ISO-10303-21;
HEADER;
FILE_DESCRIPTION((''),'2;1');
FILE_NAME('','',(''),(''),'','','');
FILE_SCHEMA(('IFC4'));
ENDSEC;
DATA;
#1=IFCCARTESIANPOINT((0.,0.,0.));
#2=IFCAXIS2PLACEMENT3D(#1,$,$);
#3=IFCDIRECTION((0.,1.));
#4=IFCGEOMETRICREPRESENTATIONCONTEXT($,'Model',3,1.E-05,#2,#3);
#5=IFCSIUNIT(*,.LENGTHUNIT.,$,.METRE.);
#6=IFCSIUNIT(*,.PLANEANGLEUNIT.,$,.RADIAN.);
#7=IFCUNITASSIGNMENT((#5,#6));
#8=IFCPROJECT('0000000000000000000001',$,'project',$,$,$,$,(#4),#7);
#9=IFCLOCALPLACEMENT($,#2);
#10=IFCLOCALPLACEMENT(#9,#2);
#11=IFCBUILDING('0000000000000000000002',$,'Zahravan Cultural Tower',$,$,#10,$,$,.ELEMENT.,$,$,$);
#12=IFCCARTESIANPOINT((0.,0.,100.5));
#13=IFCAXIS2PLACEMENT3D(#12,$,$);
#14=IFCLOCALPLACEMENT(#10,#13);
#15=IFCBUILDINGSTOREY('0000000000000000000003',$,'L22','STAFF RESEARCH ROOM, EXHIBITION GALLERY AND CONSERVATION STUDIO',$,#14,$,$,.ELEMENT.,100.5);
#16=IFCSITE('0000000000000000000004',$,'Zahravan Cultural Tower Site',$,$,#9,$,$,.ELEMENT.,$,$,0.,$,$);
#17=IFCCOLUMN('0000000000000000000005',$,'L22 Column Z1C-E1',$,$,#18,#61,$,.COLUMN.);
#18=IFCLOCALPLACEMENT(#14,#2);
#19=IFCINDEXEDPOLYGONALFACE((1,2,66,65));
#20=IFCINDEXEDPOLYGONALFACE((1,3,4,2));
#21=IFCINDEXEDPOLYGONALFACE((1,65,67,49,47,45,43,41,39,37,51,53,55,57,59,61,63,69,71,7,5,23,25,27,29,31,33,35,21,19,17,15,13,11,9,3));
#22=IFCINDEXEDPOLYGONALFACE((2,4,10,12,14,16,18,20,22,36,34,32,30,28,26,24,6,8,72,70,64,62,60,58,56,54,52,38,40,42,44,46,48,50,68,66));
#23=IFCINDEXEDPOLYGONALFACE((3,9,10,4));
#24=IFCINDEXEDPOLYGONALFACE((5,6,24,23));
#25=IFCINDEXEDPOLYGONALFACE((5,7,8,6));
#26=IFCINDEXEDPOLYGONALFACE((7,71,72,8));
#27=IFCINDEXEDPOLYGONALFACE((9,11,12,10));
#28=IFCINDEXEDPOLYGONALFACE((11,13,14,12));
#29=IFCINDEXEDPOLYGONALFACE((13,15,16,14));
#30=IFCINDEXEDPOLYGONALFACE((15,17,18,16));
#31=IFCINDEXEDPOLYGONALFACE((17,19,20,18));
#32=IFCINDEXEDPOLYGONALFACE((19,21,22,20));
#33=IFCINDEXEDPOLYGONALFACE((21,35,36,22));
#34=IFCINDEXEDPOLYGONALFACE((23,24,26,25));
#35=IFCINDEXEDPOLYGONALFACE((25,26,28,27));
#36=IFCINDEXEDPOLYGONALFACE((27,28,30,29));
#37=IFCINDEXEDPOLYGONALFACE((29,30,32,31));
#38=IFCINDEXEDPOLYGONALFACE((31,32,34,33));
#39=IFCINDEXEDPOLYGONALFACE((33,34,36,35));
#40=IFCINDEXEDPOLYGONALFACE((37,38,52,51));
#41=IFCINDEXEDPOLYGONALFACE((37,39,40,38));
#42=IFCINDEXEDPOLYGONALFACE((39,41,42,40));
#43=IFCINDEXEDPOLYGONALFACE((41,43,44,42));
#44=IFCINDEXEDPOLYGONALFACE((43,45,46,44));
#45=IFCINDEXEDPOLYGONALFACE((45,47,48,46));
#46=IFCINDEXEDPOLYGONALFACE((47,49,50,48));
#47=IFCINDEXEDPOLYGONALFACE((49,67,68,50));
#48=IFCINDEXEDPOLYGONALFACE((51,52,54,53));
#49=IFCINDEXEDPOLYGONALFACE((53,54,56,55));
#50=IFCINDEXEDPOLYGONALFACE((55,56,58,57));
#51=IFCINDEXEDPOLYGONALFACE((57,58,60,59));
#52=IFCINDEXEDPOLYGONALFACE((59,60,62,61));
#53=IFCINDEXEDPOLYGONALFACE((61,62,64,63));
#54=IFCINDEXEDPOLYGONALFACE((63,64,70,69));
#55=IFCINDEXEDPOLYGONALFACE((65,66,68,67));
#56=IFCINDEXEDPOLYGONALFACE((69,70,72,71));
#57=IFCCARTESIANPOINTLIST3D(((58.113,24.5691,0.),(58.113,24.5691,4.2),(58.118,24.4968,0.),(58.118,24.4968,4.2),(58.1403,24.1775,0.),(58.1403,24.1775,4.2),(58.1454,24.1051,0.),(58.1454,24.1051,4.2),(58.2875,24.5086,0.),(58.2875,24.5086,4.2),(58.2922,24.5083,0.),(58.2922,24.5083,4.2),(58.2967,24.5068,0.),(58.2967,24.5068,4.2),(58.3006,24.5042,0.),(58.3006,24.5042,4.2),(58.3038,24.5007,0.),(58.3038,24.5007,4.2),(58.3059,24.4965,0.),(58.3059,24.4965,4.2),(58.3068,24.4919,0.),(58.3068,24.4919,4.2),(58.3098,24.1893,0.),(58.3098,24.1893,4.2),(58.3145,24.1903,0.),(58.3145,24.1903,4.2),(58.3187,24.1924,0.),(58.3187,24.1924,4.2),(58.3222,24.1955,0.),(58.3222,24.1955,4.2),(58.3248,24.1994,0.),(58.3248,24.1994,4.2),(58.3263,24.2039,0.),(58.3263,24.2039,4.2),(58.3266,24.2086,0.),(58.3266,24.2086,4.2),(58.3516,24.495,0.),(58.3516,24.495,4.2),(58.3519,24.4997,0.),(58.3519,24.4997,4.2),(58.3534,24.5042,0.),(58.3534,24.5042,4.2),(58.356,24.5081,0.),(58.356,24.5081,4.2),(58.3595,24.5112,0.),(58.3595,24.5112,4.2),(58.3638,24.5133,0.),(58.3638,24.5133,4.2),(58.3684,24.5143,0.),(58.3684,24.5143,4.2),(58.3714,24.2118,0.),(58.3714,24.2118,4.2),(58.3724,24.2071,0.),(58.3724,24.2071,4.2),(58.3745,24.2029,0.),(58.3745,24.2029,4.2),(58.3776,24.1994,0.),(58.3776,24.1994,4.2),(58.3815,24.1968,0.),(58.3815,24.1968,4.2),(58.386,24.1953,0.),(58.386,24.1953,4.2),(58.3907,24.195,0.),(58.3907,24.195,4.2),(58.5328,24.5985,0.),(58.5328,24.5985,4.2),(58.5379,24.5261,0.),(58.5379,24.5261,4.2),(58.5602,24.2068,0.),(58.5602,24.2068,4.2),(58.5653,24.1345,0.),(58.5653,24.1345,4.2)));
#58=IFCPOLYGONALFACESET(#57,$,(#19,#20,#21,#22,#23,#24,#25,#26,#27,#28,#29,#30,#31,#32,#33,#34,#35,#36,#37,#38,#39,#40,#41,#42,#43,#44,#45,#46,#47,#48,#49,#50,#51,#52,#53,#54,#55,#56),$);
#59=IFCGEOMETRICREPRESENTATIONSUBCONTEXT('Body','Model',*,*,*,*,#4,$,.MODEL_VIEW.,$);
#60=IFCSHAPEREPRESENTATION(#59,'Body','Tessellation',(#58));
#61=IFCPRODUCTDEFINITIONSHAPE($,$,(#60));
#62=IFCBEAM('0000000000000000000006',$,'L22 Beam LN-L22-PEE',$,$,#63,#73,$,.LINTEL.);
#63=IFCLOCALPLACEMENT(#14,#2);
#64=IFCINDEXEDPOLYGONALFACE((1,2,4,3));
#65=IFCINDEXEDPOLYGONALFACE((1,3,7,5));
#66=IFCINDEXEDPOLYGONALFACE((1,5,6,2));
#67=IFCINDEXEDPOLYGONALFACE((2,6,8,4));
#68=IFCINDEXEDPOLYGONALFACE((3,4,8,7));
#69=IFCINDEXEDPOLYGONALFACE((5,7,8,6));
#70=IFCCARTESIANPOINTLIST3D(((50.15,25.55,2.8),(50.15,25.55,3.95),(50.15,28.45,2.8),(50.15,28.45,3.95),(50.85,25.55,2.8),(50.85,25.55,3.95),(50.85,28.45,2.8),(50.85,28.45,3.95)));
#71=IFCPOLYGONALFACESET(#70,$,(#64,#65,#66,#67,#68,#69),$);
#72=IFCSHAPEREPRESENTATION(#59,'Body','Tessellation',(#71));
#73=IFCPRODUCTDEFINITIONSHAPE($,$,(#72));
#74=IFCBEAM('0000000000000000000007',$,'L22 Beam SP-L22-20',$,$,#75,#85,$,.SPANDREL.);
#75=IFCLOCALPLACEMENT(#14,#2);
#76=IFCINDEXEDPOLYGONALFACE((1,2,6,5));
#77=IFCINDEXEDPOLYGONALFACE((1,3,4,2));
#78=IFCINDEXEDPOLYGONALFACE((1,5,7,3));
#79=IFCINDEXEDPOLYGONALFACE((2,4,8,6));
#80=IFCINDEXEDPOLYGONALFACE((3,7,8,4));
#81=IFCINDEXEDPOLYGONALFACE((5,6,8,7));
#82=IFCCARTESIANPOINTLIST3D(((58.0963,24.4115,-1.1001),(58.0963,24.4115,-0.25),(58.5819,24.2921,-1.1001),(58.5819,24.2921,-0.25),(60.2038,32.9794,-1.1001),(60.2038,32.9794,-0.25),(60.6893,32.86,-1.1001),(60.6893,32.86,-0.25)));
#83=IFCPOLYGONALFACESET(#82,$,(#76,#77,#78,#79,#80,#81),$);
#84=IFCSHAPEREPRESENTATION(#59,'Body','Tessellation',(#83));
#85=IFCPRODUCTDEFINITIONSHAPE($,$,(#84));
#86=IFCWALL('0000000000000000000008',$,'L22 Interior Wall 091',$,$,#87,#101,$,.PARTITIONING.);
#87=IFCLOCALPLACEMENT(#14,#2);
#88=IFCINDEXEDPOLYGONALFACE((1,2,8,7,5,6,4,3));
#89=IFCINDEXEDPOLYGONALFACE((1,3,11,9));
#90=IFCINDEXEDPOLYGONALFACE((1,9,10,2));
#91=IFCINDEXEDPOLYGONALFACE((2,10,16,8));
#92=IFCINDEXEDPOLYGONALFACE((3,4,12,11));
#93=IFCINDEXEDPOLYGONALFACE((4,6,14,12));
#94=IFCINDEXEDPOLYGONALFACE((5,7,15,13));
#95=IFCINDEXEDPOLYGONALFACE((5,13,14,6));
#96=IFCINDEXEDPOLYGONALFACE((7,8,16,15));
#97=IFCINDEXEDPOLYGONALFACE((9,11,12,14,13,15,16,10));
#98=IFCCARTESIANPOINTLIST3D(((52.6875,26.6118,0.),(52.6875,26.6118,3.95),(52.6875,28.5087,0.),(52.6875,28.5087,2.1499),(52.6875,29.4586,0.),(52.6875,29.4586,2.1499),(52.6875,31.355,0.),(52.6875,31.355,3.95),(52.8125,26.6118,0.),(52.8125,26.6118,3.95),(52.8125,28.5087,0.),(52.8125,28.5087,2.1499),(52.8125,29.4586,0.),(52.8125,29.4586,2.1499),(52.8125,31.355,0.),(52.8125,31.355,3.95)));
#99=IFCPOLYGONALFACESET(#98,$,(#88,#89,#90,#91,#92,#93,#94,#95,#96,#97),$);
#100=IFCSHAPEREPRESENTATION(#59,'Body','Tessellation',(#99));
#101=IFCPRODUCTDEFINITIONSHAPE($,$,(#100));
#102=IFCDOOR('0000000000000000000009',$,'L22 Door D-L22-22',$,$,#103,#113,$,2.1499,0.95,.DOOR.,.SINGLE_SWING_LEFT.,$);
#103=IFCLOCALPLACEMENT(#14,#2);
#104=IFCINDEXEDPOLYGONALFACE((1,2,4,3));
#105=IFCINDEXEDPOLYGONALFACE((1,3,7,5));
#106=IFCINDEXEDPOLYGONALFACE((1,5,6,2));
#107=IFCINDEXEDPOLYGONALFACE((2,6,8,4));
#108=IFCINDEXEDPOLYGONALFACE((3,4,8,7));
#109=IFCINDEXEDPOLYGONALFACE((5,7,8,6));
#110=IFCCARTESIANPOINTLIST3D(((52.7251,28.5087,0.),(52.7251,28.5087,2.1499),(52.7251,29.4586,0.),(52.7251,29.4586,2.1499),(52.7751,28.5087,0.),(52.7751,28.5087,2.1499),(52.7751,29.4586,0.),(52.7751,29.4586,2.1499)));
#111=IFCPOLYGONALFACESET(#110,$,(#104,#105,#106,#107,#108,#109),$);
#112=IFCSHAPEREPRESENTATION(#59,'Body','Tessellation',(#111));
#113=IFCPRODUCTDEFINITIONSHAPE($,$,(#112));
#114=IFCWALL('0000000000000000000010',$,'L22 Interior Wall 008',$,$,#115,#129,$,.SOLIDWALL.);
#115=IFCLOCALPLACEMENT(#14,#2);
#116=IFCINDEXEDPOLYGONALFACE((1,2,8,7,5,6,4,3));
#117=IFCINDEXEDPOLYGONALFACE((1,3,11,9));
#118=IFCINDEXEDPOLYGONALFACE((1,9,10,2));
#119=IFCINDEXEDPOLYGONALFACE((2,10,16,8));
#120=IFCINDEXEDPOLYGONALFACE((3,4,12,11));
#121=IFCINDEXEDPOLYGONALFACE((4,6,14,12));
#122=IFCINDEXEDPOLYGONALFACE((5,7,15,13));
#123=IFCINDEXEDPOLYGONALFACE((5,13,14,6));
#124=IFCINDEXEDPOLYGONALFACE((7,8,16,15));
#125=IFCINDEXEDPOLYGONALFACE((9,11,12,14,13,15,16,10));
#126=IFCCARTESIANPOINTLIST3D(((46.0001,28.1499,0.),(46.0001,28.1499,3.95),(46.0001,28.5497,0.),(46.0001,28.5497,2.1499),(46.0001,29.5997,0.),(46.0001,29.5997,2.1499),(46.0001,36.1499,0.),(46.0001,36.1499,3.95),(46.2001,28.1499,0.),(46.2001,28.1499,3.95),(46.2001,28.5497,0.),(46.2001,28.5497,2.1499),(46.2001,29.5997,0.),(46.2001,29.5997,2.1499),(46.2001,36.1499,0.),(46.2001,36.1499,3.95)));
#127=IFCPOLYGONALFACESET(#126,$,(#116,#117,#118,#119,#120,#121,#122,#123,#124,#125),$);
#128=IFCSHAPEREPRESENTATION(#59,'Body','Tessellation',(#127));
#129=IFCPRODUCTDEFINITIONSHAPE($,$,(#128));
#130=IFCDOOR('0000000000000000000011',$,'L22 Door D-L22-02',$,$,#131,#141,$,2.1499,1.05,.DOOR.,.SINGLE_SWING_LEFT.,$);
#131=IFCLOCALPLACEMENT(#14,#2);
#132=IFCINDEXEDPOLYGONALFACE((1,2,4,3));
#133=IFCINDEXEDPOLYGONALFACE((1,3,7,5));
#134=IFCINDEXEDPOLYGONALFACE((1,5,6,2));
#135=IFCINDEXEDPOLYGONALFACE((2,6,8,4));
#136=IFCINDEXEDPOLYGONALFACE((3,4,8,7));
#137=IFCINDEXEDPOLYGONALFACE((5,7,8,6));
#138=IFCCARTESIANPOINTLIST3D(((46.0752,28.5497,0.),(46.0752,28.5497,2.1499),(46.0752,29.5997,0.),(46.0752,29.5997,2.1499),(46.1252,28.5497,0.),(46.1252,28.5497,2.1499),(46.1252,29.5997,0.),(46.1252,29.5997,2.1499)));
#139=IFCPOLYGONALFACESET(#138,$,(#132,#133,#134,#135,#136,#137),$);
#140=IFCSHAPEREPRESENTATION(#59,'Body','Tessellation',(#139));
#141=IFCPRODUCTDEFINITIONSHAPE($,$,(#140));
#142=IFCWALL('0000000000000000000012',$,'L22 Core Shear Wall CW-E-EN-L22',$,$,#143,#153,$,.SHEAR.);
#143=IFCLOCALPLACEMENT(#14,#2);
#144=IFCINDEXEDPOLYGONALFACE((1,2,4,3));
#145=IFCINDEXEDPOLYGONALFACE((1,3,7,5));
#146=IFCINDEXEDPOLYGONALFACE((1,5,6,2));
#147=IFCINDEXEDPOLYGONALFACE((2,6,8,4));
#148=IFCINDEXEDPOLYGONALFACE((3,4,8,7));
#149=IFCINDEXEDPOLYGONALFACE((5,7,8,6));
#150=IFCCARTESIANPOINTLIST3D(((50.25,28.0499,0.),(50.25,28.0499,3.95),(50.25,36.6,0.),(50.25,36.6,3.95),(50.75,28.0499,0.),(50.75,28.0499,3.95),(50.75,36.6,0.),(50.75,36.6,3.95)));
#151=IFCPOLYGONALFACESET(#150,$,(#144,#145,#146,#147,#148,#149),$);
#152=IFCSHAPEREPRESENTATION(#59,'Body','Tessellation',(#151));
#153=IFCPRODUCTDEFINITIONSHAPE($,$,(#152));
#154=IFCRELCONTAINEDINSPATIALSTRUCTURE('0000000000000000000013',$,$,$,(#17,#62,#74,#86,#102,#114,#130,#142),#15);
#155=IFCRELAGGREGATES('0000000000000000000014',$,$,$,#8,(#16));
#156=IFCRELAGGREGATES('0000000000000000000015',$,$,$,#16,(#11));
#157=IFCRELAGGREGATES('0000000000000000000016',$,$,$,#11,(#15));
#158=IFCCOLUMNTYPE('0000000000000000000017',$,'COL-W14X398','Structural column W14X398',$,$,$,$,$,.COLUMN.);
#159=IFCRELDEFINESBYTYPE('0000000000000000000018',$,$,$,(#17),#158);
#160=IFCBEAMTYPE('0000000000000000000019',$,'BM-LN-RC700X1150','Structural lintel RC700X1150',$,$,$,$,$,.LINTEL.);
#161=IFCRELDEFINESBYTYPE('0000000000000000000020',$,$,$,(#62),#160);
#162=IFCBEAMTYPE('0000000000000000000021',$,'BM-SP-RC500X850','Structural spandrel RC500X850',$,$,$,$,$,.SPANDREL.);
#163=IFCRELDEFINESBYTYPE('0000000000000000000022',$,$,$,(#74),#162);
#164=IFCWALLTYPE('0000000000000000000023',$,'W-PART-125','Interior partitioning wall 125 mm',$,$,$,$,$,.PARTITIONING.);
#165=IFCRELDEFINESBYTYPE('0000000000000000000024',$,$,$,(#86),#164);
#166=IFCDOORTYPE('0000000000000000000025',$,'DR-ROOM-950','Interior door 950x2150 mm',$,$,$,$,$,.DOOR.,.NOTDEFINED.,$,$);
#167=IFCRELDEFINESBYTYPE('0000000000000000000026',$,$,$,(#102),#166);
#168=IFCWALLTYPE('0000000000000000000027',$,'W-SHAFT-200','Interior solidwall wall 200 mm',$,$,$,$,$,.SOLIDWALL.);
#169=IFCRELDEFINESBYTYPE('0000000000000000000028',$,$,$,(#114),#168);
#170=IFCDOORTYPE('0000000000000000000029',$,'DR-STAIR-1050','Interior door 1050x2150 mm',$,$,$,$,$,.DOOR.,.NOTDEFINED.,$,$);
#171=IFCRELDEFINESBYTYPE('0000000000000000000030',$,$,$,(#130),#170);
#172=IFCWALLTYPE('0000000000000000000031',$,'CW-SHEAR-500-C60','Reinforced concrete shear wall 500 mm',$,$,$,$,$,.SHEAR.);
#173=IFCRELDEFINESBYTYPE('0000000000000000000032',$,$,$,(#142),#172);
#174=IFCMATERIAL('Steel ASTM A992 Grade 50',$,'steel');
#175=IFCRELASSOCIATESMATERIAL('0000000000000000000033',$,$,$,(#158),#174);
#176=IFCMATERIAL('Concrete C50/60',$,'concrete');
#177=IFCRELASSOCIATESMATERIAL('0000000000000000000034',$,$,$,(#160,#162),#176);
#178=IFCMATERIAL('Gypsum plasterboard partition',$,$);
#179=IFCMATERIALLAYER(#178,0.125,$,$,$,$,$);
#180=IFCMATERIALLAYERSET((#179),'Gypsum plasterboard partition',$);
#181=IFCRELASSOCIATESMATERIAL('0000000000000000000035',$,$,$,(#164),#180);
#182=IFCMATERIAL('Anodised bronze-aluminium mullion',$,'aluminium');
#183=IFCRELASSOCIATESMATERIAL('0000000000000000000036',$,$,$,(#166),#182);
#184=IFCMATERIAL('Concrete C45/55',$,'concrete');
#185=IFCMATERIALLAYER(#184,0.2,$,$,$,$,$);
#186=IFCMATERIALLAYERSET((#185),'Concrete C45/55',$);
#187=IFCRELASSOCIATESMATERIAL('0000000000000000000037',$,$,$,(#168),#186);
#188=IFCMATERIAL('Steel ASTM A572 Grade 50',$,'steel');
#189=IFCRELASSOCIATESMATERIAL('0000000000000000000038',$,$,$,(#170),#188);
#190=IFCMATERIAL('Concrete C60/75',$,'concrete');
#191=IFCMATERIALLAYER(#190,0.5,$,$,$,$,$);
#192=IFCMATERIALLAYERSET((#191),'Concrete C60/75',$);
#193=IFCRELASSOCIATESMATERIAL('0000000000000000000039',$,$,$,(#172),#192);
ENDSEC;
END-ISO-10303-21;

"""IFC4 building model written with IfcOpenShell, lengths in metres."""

from ifc_helpers import new_model, si_unit, direction, frame, frame_2d, origin, origin_2d, place, context, subcontext, project, spatial, rectangle, i_section, extrude, source, transform, mapped, material, layer, layer_set, material_profile, profile_set, type_object, element, fill, save


model = new_model("IFC4")

# Units and contexts
model_context = context("Model", 3, precision=1e-05, world=origin(), true_north=direction((0.0, 1.0)))
body_context = subcontext(model_context, "Body", "Model", "MODEL_VIEW")
ifc_project = project(units=[si_unit("LENGTHUNIT", "METRE"), si_unit("PLANEANGLEUNIT", "RADIAN")], contexts=[model_context])

# Site, building, storey
site_placement = place(None, origin())
site = spatial("IfcSite", under=ifc_project, at=site_placement, Name="Zahravan Cultural Tower Site", CompositionType="ELEMENT", RefElevation=0.0)
building_placement = place(site_placement, origin())
building = spatial("IfcBuilding", under=site, at=building_placement, Name="Zahravan Cultural Tower", CompositionType="ELEMENT")
storey_placement = place(building_placement, frame((0.0, 0.0, 100.5)))
storey = spatial("IfcBuildingStorey", under=building, at=storey_placement, Name="L22", Description="STAFF RESEARCH ROOM, EXHIBITION GALLERY AND CONSERVATION STUDIO", CompositionType="ELEMENT", Elevation=100.5)

# Column
ifc_material_1 = material(Name="Steel ASTM A992 Grade 50", Category="steel")
ifc_material_profile_1 = material_profile(ifc_material_1, i_section(OverallWidth=0.4209, OverallDepth=0.4651, WebThickness=0.0449, FlangeThickness=0.0725, FilletRadius=0.0181, at=origin_2d()), Name="W14X398")
ifc_profile_set_1 = profile_set([ifc_material_profile_1], Name="Steel ASTM A992 Grade 50")
column_type = type_object("IfcColumnType", Name="COL-W14X398", Description="Structural column W14X398", PredefinedType="COLUMN", material=ifc_profile_set_1)
shared_shape_1 = source(origin(), body_context, "Body", "SweptSolid", [
    extrude(i_section(OverallWidth=0.4209, OverallDepth=0.4651, WebThickness=0.0449, FlangeThickness=0.0725, FilletRadius=0.0181, at=origin_2d()), origin(), (0.0, 0.0, 1.0), 4.2),
])
column_placement = place(storey_placement, frame((58.3391, 24.3518, 0.0), z_axis=(0.0, 0.0, 1.0), x_axis=(0.997564, 0.069756, 0.0)))
element("IfcColumn", 1, at=column_placement, inside=storey, type_object=column_type, Name="L22 Column Z1C-E1", PredefinedType="COLUMN", context=body_context, shape_type="MappedRepresentation", body=[
    mapped(shared_shape_1, transform((0.0, 0.0, 0.0), x_axis=(1.0, 0.0, 0.0), y_axis=(0.0, 1.0, 0.0), z_axis=(0.0, 0.0, 1.0), scale=1.0)),
])

# Beams
ifc_material_2 = material(Name="Concrete C50/60", Category="concrete")
ifc_material_profile_2 = material_profile(ifc_material_2, rectangle(XDim=0.7, YDim=1.1499, at=origin_2d()), Name="RC700X1150")
ifc_profile_set_2 = profile_set([ifc_material_profile_2], Name="Concrete C50/60")
beam_type_1 = type_object("IfcBeamType", Name="BM-LN-RC700X1150", Description="Structural lintel RC700X1150", PredefinedType="LINTEL", material=ifc_profile_set_2)
shared_shape_2 = source(origin(), body_context, "Body", "SweptSolid", [
    extrude(rectangle(XDim=0.7, YDim=1.1499, at=origin_2d()), origin(), (0.0, 0.0, 1.0), 2.8999),
])
beam_1_placement = place(storey_placement, frame((50.5, 25.55, 3.375), z_axis=(0.0, 1.0, 0.0), x_axis=(-1.0, 0.0, 0.0)))
element("IfcBeam", 2, at=beam_1_placement, inside=storey, type_object=beam_type_1, Name="L22 Beam LN-L22-PEE", PredefinedType="LINTEL", context=body_context, shape_type="MappedRepresentation", body=[
    mapped(shared_shape_2, transform((0.0, 0.0, 0.0), x_axis=(1.0, 0.0, 0.0), y_axis=(0.0, 1.0, 0.0), z_axis=(0.0, 0.0, 1.0), scale=1.0)),
])
ifc_material_profile_3 = material_profile(ifc_material_2, rectangle(XDim=0.5, YDim=0.8501, at=origin_2d()), Name="RC500X850")
ifc_profile_set_3 = profile_set([ifc_material_profile_3], Name="Concrete C50/60")
beam_type_2 = type_object("IfcBeamType", Name="BM-SP-RC500X850", Description="Structural spandrel RC500X850", PredefinedType="SPANDREL", material=ifc_profile_set_3)
shared_shape_3 = source(origin(), body_context, "Body", "SweptSolid", [
    extrude(rectangle(XDim=0.5, YDim=0.8501, at=origin_2d()), origin(), (0.0, 0.0, 1.0), 8.8232),
])
beam_2_placement = place(storey_placement, frame((58.3391, 24.3518, -0.675), z_axis=(0.238849, 0.971057, 0.0), x_axis=(-0.971057, 0.238849, 0.0)))
element("IfcBeam", 3, at=beam_2_placement, inside=storey, type_object=beam_type_2, Name="L22 Beam SP-L22-20", PredefinedType="SPANDREL", context=body_context, shape_type="MappedRepresentation", body=[
    mapped(shared_shape_3, transform((0.0, 0.0, 0.0), x_axis=(1.0, 0.0, 0.0), y_axis=(0.0, 1.0, 0.0), z_axis=(0.0, 0.0, 1.0), scale=1.0)),
])

# Walls, openings, doors
ifc_material_3 = material(Name="Gypsum plasterboard partition")
ifc_layer_1 = layer(ifc_material_3, 0.125)
ifc_layer_set_1 = layer_set([ifc_layer_1], Name="Gypsum plasterboard partition")
wall_type_1 = type_object("IfcWallType", Name="W-PART-125", Description="Interior partitioning wall 125 mm", PredefinedType="PARTITIONING", material=ifc_layer_set_1)
wall_1_placement = place(storey_placement, frame((52.75, 26.6118, 0.0), z_axis=(0.0, 0.0, 1.0), x_axis=(0.0, 1.0, 0.0)))
wall_1 = element("IfcWall", 4, at=wall_1_placement, inside=storey, type_object=wall_type_1, Name="L22 Interior Wall 091", PredefinedType="PARTITIONING", context=body_context, shape_type="SweptSolid", body=[
    extrude(rectangle(XDim=4.7432, YDim=0.125, at=frame_2d((2.3716, 0.0))), origin(), (0.0, 0.0, 1.0), 3.95),
])
opening_1_placement = place(wall_1_placement, frame((1.8967, 0.0, 0.0)))
opening_1 = element("IfcOpeningElement", 5, at=opening_1_placement, cuts=wall_1, PredefinedType="OPENING", context=body_context, shape_type="SweptSolid", body=[
    extrude(rectangle(XDim=0.95, YDim=2.1499, at=frame_2d((0.4751, 1.075))), frame((0.0, 0.0725, 0.0), z_axis=(0.0, -1.0, 0.0), x_axis=(1.0, 0.0, 0.0)), (0.0, 0.0, 1.0), 0.145),
])
ifc_material_4 = material(Name="Anodised bronze-aluminium mullion", Category="aluminium")
door_type_1 = type_object("IfcDoorType", Name="DR-ROOM-950", Description="Interior door 950x2150 mm", OperationType="NOTDEFINED", PredefinedType="DOOR", material=ifc_material_4)
shared_shape_4 = source(origin(), body_context, "Body", "SweptSolid", [
    extrude(rectangle(XDim=0.95, YDim=2.1499, at=frame_2d((0.4751, 1.075))), frame((0.0, 0.0249, 0.0), z_axis=(0.0, -1.0, 0.0), x_axis=(1.0, 0.0, 0.0)), (0.0, 0.0, 1.0), 0.05),
])
door_1_placement = place(opening_1_placement, origin())
door_1 = element("IfcDoor", 6, at=door_1_placement, inside=storey, type_object=door_type_1, Name="L22 Door D-L22-22", OperationType="SINGLE_SWING_LEFT", OverallHeight=2.1499, OverallWidth=0.95, PredefinedType="DOOR", context=body_context, shape_type="MappedRepresentation", body=[
    mapped(shared_shape_4, transform((0.0, 0.0, 0.0), x_axis=(1.0, 0.0, 0.0), y_axis=(0.0, 1.0, 0.0), z_axis=(0.0, 0.0, 1.0), scale=1.0)),
])
fill(opening_1, door_1)
ifc_material_5 = material(Name="Concrete C45/55", Category="concrete")
ifc_layer_2 = layer(ifc_material_5, 0.2)
ifc_layer_set_2 = layer_set([ifc_layer_2], Name="Concrete C45/55")
wall_type_2 = type_object("IfcWallType", Name="W-SHAFT-200", Description="Interior solidwall wall 200 mm", PredefinedType="SOLIDWALL", material=ifc_layer_set_2)
wall_2_placement = place(storey_placement, frame((46.1001, 28.1499, 0.0), z_axis=(0.0, 0.0, 1.0), x_axis=(0.0, 1.0, 0.0)))
wall_2 = element("IfcWall", 7, at=wall_2_placement, inside=storey, type_object=wall_type_2, Name="L22 Interior Wall 008", PredefinedType="SOLIDWALL", context=body_context, shape_type="SweptSolid", body=[
    extrude(rectangle(XDim=8.0, YDim=0.2, at=frame_2d((4.0, 0.0))), origin(), (0.0, 0.0, 1.0), 3.95),
])
opening_2_placement = place(wall_2_placement, frame((0.3999, 0.0, 0.0)))
opening_2 = element("IfcOpeningElement", 8, at=opening_2_placement, cuts=wall_2, PredefinedType="OPENING", context=body_context, shape_type="SweptSolid", body=[
    extrude(rectangle(XDim=1.05, YDim=2.1499, at=frame_2d((0.5249, 1.075))), frame((0.0, 0.1099, 0.0), z_axis=(0.0, -1.0, 0.0), x_axis=(1.0, 0.0, 0.0)), (0.0, 0.0, 1.0), 0.22),
])
ifc_material_6 = material(Name="Steel ASTM A572 Grade 50", Category="steel")
door_type_2 = type_object("IfcDoorType", Name="DR-STAIR-1050", Description="Interior door 1050x2150 mm", OperationType="NOTDEFINED", PredefinedType="DOOR", material=ifc_material_6)
shared_shape_5 = source(origin(), body_context, "Body", "SweptSolid", [
    extrude(rectangle(XDim=1.05, YDim=2.1499, at=frame_2d((0.5249, 1.075))), frame((0.0, 0.0249, 0.0), z_axis=(0.0, -1.0, 0.0), x_axis=(1.0, 0.0, 0.0)), (0.0, 0.0, 1.0), 0.05),
])
door_2_placement = place(opening_2_placement, origin())
door_2 = element("IfcDoor", 9, at=door_2_placement, inside=storey, type_object=door_type_2, Name="L22 Door D-L22-02", OperationType="SINGLE_SWING_LEFT", OverallHeight=2.1499, OverallWidth=1.05, PredefinedType="DOOR", context=body_context, shape_type="MappedRepresentation", body=[
    mapped(shared_shape_5, transform((0.0, 0.0, 0.0), x_axis=(1.0, 0.0, 0.0), y_axis=(0.0, 1.0, 0.0), z_axis=(0.0, 0.0, 1.0), scale=1.0)),
])
fill(opening_2, door_2)

# Wall
ifc_material_7 = material(Name="Concrete C60/75", Category="concrete")
ifc_layer_3 = layer(ifc_material_7, 0.5)
ifc_layer_set_3 = layer_set([ifc_layer_3], Name="Concrete C60/75")
wall_type_3 = type_object("IfcWallType", Name="CW-SHEAR-500-C60", Description="Reinforced concrete shear wall 500 mm", PredefinedType="SHEAR", material=ifc_layer_set_3)
shared_shape_6 = source(origin(), body_context, "Body", "SweptSolid", [
    extrude(rectangle(XDim=8.55, YDim=0.5, at=frame_2d((4.2749, 0.0))), origin(), (0.0, 0.0, 1.0), 3.95),
])
wall_3_placement = place(storey_placement, frame((50.5, 28.05, 0.0), z_axis=(0.0, 0.0, 1.0), x_axis=(0.0, 1.0, 0.0)))
element("IfcWall", 10, at=wall_3_placement, inside=storey, type_object=wall_type_3, Name="L22 Core Shear Wall CW-E-EN-L22", PredefinedType="SHEAR", context=body_context, shape_type="MappedRepresentation", body=[
    mapped(shared_shape_6, transform((0.0, 0.0, 0.0), x_axis=(1.0, 0.0, 0.0), y_axis=(0.0, 1.0, 0.0), z_axis=(0.0, 0.0, 1.0), scale=1.0)),
])

save(model, "model.ifc")
